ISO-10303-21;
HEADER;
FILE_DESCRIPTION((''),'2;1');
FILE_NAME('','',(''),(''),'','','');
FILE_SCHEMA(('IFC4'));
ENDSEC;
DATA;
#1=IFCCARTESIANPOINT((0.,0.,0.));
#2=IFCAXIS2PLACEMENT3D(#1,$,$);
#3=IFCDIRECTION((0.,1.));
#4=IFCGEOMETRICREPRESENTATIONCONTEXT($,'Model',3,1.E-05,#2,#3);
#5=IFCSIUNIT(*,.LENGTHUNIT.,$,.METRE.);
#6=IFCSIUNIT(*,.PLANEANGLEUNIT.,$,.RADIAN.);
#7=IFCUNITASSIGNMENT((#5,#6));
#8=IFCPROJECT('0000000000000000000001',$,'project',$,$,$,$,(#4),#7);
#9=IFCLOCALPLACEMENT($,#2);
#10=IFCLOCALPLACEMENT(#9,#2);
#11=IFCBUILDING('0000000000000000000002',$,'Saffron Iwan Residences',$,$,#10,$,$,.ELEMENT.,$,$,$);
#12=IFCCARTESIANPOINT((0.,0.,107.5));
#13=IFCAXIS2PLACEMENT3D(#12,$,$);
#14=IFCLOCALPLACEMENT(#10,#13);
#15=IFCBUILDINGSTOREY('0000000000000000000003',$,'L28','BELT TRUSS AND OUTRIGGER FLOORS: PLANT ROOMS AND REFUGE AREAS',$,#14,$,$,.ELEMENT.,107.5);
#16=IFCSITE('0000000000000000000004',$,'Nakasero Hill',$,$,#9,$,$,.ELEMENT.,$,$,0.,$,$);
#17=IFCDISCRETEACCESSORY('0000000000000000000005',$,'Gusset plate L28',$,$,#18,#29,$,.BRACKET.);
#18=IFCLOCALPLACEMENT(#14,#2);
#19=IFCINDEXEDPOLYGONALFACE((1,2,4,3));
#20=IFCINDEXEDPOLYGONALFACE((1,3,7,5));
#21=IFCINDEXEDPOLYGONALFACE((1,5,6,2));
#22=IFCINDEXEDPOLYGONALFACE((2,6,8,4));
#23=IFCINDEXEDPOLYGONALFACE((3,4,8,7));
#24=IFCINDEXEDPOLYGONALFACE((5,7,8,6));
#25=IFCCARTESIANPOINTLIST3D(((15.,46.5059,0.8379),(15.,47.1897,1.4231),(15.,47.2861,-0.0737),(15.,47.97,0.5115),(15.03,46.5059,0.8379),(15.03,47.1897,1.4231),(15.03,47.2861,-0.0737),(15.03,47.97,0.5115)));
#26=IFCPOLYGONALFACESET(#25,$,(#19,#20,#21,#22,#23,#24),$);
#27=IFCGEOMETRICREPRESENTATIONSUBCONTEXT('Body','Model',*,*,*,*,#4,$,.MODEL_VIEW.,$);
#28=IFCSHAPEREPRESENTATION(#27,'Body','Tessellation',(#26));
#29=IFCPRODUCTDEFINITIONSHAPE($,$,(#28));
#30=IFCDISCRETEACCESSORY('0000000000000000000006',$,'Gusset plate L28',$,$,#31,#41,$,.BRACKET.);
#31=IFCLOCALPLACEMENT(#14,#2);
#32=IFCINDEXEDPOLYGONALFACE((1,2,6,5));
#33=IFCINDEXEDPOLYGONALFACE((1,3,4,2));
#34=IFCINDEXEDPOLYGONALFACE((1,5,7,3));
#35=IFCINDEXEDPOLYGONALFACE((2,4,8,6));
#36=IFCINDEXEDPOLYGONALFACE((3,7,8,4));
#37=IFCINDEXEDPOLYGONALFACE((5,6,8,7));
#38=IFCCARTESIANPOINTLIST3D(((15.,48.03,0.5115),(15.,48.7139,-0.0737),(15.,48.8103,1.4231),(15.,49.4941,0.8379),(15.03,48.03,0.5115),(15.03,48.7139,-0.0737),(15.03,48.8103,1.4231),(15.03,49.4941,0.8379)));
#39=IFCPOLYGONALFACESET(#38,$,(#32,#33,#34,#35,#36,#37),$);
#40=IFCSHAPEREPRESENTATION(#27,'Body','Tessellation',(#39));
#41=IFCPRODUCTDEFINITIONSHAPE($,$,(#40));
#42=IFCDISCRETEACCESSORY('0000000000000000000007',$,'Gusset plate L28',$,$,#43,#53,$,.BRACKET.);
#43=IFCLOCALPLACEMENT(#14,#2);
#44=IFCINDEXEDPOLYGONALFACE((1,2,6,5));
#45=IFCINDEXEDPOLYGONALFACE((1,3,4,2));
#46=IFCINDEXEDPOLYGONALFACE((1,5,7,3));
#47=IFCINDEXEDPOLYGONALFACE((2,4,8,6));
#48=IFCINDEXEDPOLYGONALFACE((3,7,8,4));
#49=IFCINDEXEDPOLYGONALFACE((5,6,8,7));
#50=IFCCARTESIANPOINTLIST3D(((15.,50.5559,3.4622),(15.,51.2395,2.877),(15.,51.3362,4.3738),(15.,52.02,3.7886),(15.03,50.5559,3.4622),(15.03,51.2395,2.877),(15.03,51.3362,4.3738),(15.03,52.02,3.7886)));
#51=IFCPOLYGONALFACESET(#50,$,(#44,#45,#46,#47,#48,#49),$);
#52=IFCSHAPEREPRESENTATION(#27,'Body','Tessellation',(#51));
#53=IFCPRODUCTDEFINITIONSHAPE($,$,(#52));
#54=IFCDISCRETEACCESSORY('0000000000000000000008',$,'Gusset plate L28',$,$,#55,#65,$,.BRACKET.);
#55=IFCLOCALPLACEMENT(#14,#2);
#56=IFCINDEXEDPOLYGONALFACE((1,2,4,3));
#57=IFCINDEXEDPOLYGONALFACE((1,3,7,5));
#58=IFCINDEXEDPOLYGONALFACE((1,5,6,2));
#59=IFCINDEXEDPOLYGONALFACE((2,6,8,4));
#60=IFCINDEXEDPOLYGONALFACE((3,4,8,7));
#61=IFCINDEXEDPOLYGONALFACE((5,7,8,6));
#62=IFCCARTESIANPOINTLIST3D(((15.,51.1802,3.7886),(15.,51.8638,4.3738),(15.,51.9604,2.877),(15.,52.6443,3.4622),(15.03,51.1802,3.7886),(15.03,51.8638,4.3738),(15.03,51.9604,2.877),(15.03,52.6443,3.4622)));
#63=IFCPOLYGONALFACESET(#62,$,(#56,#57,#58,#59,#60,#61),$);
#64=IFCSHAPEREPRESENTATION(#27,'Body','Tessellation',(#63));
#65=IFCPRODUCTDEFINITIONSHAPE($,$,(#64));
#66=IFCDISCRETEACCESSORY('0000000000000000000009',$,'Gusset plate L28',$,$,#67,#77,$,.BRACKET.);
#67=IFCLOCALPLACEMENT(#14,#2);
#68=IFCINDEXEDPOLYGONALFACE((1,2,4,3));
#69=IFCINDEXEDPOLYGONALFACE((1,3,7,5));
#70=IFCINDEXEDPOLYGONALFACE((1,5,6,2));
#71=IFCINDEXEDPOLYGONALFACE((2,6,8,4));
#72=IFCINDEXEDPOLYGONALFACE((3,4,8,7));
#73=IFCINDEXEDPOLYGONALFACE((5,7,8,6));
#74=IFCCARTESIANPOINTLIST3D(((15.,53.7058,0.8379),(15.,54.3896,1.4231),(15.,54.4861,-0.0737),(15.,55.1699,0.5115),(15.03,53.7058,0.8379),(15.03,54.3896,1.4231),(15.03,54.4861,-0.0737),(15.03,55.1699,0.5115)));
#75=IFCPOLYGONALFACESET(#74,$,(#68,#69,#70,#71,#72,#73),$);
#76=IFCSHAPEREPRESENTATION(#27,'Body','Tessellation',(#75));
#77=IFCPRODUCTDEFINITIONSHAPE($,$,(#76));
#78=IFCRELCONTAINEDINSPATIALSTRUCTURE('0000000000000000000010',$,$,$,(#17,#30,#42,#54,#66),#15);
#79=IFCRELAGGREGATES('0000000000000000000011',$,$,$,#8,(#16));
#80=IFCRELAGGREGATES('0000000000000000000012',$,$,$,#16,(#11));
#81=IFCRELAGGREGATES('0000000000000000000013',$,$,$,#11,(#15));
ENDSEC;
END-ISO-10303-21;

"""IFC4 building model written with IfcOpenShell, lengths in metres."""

from ifc_helpers import new_model, si_unit, direction, frame, origin, place, context, subcontext, project, spatial, polyline, outline, extrude, element, save


model = new_model("IFC4")

# Units and contexts
model_context = context("Model", 3, precision=1e-05, world=origin(), true_north=direction((0.0, 1.0)))
body_context = subcontext(model_context, "Body", "Model", "MODEL_VIEW")
ifc_project = project(units=[si_unit("LENGTHUNIT", "METRE"), si_unit("PLANEANGLEUNIT", "RADIAN")], contexts=[model_context])

# Site, building, storey
site_placement = place(None, origin())
site = spatial("IfcSite", under=ifc_project, at=site_placement, Name="Nakasero Hill", CompositionType="ELEMENT", RefElevation=0.0)
building_placement = place(site_placement, origin())
building = spatial("IfcBuilding", under=site, at=building_placement, Name="Saffron Iwan Residences", CompositionType="ELEMENT")
storey_placement = place(building_placement, frame((0.0, 0.0, 107.5)))
storey = spatial("IfcBuildingStorey", under=building, at=storey_placement, Name="L28", Description="BELT TRUSS AND OUTRIGGER FLOORS: PLANT ROOMS AND REFUGE AREAS", CompositionType="ELEMENT", Elevation=107.5)

# Discrete accessories
discrete_accessory_1_placement = place(storey_placement, frame((15.0, 47.2861, -0.0737), z_axis=(-1.0, 0.0, 0.0), x_axis=(0.0, -0.650255, 0.759716)))
element("IfcDiscreteAccessory", 1, at=discrete_accessory_1_placement, inside=storey, Name="Gusset plate L28", PredefinedType="BRACKET", context=body_context, shape_type="SweptSolid", body=[
    extrude(outline(polyline([(0.0, 0.0), (1.1999, 0.0), (1.1999, 0.9001), (-0.0001, 0.9001), (0.0, 0.0)])), origin(), (0.0, 0.0, -1.0), 0.03),
])
discrete_accessory_2_placement = place(storey_placement, frame((15.0, 48.03, 0.5115), z_axis=(-1.0, 0.0, 0.0), x_axis=(0.0, 0.650255, 0.759716)))
element("IfcDiscreteAccessory", 2, at=discrete_accessory_2_placement, inside=storey, Name="Gusset plate L28", PredefinedType="BRACKET", context=body_context, shape_type="SweptSolid", body=[
    extrude(outline(polyline([(0.0, 0.0), (1.1999, 0.0), (1.2, 0.9001), (0.0001, 0.9001), (0.0, 0.0)])), origin(), (0.0, 0.0, -1.0), 0.03),
])
discrete_accessory_3_placement = place(storey_placement, frame((15.0, 52.02, 3.7886), z_axis=(-1.0, 0.0, 0.0), x_axis=(0.0, -0.650372, -0.759615)))
element("IfcDiscreteAccessory", 3, at=discrete_accessory_3_placement, inside=storey, Name="Gusset plate L28", PredefinedType="BRACKET", context=body_context, shape_type="SweptSolid", body=[
    extrude(outline(polyline([(0.0, 0.0), (1.2001, 0.0), (1.2002, 0.8999), (0.0002, 0.9001), (0.0, 0.0)])), origin(), (0.0, 0.0, -1.0), 0.03),
])
discrete_accessory_4_placement = place(storey_placement, frame((15.0, 51.8638, 4.3738), z_axis=(-1.0, 0.0, 0.0), x_axis=(0.0, 0.650372, -0.759615)))
element("IfcDiscreteAccessory", 4, at=discrete_accessory_4_placement, inside=storey, Name="Gusset plate L28", PredefinedType="BRACKET", context=body_context, shape_type="SweptSolid", body=[
    extrude(outline(polyline([(0.0, 0.0), (1.2001, 0.0), (1.1999, 0.9001), (-0.0001, 0.8999), (0.0, 0.0)])), origin(), (0.0, 0.0, -1.0), 0.03),
])
discrete_accessory_5_placement = place(storey_placement, frame((15.0, 54.4861, -0.0737), z_axis=(-1.0, 0.0, 0.0), x_axis=(0.0, -0.650255, 0.759716)))
element("IfcDiscreteAccessory", 5, at=discrete_accessory_5_placement, inside=storey, Name="Gusset plate L28", PredefinedType="BRACKET", context=body_context, shape_type="SweptSolid", body=[
    extrude(outline(polyline([(0.0, 0.0), (1.1999, 0.0), (1.1999, 0.9001), (-0.0001, 0.9001), (0.0, 0.0)])), origin(), (0.0, 0.0, -1.0), 0.03),
])

save(model, "model.ifc")
